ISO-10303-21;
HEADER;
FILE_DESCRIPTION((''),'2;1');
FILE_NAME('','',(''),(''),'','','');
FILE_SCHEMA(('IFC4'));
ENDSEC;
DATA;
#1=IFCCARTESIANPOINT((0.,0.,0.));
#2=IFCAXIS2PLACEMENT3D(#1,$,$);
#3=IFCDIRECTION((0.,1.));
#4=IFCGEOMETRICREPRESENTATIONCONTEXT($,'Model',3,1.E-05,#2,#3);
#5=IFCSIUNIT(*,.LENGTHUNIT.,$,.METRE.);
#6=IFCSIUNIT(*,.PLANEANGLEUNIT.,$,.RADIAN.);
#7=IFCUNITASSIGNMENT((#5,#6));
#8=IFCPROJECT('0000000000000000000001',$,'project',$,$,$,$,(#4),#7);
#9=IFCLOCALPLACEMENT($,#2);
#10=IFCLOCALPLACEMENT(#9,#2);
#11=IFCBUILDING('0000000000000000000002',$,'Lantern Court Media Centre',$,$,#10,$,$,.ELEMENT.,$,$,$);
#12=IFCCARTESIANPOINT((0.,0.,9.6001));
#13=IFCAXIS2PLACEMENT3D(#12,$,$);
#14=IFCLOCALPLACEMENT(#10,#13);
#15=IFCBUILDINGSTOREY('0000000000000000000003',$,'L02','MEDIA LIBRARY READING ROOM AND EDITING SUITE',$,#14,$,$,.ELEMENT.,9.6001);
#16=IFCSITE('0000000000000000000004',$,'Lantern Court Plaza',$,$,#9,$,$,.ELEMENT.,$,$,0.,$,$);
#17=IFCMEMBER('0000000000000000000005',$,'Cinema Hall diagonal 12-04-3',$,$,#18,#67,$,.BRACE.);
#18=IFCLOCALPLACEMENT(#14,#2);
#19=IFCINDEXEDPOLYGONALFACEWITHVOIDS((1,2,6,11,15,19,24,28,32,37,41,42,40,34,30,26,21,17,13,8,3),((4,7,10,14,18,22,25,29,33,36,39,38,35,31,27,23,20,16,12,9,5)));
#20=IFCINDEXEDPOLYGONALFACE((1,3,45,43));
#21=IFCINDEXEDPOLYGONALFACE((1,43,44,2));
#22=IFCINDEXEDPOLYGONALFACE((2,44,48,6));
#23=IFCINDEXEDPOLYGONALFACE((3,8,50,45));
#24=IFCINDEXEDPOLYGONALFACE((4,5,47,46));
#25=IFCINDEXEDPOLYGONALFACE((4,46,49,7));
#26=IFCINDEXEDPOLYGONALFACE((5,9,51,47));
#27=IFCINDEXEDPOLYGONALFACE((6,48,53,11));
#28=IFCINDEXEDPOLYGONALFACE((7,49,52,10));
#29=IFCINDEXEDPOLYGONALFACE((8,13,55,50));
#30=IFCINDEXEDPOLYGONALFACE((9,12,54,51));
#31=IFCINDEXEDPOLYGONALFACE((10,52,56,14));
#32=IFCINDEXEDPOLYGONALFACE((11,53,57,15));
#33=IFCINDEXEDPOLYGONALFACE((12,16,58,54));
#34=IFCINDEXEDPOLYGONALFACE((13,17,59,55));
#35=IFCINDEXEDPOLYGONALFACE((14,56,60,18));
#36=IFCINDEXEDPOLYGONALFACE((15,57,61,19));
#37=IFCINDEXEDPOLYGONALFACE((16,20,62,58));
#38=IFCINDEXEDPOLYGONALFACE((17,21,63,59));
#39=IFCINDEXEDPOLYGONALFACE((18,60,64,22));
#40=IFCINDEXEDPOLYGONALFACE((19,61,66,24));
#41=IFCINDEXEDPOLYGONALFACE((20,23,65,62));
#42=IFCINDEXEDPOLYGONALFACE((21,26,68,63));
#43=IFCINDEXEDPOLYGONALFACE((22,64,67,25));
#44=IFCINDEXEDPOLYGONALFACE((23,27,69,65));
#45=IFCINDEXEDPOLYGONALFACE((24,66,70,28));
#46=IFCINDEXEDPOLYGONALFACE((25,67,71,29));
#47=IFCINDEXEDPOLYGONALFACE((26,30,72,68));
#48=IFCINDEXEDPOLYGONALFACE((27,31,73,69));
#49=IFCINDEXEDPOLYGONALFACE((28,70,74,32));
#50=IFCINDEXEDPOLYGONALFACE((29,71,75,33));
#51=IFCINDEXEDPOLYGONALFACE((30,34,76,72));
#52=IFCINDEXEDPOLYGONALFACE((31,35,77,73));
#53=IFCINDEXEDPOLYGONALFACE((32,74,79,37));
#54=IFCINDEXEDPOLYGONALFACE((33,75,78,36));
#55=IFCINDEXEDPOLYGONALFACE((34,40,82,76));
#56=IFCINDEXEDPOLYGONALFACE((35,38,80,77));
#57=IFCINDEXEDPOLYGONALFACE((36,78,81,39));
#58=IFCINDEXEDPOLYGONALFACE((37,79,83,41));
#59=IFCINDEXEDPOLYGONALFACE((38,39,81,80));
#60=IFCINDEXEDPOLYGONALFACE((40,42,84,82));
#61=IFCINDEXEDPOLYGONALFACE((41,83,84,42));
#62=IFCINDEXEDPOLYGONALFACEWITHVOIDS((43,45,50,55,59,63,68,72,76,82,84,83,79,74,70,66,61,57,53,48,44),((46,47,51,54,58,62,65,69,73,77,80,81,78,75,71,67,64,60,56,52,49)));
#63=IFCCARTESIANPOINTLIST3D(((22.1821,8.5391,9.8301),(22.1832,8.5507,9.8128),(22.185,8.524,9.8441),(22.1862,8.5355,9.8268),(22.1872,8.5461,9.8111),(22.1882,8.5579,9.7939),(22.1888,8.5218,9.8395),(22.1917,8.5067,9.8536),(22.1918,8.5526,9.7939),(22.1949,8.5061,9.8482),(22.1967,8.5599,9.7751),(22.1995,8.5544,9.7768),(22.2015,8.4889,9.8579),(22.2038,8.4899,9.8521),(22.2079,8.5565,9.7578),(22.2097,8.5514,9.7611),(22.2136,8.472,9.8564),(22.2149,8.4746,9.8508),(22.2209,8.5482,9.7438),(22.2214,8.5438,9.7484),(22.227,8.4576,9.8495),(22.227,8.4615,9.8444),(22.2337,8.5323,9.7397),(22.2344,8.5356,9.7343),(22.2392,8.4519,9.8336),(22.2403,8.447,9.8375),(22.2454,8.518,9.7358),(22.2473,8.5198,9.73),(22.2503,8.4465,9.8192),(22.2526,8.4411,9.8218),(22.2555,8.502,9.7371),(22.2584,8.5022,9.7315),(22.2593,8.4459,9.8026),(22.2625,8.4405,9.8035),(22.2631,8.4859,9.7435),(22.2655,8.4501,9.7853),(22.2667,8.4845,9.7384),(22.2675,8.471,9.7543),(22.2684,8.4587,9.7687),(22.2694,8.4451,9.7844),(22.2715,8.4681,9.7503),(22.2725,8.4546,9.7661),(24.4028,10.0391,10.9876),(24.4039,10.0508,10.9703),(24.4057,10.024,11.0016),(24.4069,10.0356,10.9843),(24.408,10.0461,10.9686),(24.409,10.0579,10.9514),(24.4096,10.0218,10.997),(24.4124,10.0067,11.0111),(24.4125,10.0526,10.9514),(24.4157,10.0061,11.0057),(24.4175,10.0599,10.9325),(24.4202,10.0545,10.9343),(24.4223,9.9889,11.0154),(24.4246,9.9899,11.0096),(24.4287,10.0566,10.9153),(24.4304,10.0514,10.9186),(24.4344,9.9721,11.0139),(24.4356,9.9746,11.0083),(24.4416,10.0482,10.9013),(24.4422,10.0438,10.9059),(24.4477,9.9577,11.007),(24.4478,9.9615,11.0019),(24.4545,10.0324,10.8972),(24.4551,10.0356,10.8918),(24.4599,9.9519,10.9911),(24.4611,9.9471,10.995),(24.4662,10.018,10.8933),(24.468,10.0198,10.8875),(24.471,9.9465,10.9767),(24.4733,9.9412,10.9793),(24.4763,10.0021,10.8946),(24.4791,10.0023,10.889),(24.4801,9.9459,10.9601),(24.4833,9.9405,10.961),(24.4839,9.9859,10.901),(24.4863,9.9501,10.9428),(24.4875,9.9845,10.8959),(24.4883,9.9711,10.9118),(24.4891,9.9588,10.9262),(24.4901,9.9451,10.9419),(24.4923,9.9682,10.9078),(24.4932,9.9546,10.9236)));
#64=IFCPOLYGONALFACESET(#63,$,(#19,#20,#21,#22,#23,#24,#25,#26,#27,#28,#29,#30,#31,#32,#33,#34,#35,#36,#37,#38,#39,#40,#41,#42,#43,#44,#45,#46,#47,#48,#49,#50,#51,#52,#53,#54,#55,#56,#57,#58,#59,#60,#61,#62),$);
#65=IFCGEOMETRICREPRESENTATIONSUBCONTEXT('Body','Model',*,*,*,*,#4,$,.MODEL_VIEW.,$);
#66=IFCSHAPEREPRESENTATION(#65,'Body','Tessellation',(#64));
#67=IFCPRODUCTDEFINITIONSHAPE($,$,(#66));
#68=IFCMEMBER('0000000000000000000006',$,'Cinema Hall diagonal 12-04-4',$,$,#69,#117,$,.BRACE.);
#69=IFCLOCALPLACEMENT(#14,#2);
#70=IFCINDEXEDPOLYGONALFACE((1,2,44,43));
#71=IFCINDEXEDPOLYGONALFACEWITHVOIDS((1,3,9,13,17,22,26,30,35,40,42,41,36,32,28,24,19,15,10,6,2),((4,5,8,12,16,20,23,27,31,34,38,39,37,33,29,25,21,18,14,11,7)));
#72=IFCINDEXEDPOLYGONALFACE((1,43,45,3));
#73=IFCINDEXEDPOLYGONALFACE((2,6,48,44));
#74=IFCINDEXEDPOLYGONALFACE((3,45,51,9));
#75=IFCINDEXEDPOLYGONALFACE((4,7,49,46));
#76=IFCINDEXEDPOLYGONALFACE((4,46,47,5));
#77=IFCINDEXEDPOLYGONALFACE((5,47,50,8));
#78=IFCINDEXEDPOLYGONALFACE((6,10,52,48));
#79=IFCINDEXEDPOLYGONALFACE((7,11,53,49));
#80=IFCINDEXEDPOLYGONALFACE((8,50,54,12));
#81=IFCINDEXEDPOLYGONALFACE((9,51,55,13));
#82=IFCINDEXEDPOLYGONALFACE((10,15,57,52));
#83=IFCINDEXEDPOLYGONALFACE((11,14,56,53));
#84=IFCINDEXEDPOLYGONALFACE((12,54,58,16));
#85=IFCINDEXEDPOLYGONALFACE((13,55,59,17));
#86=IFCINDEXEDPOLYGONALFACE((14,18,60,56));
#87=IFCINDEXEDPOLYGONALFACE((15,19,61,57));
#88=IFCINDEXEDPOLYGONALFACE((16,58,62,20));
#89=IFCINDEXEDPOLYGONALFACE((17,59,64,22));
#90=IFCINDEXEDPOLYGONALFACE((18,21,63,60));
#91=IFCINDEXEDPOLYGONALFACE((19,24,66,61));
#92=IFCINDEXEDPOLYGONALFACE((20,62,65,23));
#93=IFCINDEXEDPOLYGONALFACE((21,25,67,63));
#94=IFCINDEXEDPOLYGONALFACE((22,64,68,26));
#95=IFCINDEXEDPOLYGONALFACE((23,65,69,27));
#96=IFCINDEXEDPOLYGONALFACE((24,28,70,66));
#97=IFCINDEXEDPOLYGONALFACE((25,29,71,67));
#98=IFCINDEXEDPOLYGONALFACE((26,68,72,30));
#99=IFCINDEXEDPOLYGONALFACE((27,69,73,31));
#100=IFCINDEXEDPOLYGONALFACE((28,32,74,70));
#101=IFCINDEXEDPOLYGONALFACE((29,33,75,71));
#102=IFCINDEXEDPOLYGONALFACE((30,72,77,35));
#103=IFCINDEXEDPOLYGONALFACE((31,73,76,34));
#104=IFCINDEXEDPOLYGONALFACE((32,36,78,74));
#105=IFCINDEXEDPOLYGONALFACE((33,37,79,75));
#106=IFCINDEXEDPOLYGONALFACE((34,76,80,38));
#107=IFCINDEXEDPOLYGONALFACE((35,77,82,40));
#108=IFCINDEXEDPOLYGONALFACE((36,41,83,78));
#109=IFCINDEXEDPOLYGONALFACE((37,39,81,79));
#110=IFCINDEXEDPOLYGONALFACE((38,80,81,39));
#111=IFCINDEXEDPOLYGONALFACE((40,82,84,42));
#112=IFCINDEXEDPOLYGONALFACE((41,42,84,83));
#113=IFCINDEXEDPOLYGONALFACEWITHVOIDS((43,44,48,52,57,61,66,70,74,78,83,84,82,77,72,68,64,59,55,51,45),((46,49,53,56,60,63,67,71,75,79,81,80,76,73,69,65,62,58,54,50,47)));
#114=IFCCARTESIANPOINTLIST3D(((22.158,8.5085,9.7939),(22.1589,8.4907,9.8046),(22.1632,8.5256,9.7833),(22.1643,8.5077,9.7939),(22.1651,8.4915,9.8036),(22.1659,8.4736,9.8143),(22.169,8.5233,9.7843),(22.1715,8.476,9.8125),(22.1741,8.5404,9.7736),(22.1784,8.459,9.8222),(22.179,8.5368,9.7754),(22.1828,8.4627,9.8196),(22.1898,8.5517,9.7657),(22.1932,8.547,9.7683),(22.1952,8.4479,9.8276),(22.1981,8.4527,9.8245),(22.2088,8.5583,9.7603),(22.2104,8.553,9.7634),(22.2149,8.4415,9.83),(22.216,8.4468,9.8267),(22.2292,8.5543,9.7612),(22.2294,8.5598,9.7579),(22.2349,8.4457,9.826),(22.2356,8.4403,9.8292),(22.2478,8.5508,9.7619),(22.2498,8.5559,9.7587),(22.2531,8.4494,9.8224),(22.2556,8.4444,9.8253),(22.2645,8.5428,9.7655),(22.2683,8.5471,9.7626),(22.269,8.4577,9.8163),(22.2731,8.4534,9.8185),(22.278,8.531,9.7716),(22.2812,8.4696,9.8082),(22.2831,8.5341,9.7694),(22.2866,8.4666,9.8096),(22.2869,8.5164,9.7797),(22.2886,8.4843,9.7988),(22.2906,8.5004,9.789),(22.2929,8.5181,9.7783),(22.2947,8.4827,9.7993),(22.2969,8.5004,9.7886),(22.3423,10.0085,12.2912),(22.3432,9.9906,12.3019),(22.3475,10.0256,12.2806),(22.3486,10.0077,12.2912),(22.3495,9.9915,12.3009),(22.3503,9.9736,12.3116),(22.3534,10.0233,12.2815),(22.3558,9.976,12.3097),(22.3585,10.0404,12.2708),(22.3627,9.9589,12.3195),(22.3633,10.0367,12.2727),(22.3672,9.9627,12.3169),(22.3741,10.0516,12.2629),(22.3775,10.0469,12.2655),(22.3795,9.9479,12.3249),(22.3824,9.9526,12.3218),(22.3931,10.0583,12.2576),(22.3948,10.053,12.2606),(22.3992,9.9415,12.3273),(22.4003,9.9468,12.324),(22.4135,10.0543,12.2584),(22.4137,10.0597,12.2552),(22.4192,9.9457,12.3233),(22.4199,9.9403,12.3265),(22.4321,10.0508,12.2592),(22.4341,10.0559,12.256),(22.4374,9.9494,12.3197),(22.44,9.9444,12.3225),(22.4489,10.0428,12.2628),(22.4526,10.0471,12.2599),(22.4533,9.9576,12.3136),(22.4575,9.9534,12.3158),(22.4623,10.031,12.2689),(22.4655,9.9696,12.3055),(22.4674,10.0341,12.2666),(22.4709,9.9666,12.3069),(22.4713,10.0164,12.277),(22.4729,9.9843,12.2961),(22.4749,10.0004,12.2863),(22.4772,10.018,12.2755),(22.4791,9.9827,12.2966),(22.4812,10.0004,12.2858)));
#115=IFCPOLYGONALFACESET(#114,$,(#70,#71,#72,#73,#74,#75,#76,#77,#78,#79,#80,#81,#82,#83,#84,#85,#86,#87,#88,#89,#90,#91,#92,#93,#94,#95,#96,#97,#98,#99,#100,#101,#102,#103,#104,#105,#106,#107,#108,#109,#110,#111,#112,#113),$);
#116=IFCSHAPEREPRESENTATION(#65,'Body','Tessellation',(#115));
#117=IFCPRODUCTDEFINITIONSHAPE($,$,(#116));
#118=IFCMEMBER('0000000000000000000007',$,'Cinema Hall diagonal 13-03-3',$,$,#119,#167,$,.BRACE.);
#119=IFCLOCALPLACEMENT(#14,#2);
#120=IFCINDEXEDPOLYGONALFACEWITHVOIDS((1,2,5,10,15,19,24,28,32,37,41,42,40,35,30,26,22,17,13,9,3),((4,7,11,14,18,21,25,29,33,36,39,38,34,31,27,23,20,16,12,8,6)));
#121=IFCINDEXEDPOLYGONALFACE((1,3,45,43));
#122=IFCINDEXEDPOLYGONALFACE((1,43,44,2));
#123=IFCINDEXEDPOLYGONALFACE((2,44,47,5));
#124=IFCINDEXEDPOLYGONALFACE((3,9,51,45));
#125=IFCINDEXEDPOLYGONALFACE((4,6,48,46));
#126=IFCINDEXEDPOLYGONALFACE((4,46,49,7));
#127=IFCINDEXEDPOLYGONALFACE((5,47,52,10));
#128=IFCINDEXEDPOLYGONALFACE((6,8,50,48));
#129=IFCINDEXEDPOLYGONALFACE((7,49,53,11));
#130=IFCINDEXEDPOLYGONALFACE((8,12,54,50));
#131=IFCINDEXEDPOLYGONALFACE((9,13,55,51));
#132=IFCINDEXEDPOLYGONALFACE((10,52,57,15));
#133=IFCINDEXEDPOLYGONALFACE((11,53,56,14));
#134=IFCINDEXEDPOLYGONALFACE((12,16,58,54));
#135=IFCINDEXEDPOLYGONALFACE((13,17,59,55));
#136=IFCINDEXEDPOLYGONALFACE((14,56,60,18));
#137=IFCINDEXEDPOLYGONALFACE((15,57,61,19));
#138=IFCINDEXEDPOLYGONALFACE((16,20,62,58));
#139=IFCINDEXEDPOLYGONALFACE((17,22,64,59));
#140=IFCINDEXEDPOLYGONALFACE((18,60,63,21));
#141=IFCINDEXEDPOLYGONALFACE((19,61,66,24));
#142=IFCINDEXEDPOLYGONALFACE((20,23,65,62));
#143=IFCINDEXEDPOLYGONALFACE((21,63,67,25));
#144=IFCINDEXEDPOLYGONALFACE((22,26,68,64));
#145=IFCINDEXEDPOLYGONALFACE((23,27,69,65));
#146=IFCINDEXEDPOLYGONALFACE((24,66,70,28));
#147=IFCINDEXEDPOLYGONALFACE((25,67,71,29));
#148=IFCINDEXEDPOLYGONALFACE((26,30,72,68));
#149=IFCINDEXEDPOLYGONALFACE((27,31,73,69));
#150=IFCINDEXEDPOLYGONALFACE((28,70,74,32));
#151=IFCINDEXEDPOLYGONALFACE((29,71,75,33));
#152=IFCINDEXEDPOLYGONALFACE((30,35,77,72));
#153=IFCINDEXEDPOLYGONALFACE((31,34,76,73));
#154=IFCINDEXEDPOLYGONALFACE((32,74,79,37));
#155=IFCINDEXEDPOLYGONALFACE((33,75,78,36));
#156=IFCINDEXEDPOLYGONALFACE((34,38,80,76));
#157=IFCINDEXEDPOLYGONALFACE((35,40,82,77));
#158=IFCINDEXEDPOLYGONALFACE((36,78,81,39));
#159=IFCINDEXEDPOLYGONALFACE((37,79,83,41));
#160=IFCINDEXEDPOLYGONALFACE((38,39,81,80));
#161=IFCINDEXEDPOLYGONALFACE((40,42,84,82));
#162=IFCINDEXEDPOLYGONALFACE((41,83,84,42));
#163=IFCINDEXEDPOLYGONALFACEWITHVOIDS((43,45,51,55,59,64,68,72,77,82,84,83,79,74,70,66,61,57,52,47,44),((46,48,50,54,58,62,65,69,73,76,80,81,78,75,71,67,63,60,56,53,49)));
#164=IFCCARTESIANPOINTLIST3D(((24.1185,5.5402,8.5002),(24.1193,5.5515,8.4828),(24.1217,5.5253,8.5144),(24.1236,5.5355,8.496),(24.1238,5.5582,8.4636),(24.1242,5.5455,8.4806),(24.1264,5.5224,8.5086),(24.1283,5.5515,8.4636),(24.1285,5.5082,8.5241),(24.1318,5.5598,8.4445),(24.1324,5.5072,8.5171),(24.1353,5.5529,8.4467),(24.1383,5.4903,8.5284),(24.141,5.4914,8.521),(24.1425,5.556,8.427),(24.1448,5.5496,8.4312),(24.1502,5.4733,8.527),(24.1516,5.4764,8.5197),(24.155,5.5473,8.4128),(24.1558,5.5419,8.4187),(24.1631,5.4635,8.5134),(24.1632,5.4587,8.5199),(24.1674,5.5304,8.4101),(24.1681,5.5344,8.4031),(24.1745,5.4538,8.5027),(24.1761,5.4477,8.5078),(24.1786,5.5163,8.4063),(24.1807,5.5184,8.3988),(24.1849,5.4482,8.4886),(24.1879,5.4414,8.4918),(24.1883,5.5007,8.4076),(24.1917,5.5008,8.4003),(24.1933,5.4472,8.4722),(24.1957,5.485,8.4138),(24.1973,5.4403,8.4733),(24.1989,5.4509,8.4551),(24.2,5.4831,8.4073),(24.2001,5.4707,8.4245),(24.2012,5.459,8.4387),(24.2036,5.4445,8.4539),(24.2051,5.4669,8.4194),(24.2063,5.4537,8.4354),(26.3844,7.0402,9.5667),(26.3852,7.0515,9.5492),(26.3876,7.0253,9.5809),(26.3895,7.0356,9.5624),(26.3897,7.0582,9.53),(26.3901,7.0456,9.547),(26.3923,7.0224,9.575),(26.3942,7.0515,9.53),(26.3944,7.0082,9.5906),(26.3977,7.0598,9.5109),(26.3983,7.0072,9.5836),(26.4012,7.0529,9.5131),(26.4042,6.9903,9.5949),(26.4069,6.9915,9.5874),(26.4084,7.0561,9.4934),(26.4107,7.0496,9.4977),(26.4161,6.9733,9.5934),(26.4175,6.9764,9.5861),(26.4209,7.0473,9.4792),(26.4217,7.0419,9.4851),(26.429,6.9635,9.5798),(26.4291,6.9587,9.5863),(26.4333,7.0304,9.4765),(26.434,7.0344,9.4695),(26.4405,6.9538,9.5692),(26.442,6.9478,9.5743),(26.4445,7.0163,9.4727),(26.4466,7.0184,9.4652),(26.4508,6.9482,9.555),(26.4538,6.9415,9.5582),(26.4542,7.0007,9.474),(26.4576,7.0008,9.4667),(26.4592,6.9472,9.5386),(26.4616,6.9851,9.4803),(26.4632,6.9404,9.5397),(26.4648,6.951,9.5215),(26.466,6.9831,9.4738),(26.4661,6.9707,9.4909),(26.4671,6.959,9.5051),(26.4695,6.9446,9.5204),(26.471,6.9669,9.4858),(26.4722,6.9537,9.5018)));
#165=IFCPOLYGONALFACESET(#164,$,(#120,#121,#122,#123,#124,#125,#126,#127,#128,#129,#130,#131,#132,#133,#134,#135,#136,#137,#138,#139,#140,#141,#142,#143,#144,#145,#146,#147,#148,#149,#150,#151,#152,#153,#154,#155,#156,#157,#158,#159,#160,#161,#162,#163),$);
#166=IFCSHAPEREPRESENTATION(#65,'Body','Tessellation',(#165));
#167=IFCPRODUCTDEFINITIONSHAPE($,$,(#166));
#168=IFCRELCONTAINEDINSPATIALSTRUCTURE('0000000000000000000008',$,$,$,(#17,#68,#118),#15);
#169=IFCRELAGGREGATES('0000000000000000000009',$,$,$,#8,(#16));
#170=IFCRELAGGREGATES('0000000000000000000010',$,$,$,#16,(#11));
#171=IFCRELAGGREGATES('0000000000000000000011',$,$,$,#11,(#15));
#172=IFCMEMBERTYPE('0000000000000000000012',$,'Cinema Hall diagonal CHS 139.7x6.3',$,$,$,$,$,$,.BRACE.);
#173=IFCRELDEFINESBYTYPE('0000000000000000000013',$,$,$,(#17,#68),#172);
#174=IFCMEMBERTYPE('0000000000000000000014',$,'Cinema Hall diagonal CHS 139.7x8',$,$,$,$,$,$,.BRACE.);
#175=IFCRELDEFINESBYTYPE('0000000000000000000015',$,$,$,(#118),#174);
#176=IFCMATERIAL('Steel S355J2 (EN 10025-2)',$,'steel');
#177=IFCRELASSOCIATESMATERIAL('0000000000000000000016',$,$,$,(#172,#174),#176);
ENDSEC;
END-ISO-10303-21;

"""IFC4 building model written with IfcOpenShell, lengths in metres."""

from ifc_helpers import new_model, si_unit, direction, frame, origin, origin_2d, place, context, subcontext, project, spatial, hollow_circle, extrude, material, material_profile, profile_set, type_object, element, save


model = new_model("IFC4")

# Units and contexts
model_context = context("Model", 3, precision=1e-05, world=origin(), true_north=direction((0.0, 1.0)))
body_context = subcontext(model_context, "Body", "Model", "MODEL_VIEW")
ifc_project = project(units=[si_unit("LENGTHUNIT", "METRE"), si_unit("PLANEANGLEUNIT", "RADIAN")], contexts=[model_context])

# Site, building, storey
site_placement = place(None, origin())
site = spatial("IfcSite", under=ifc_project, at=site_placement, Name="Lantern Court Plaza", CompositionType="ELEMENT", RefElevation=0.0)
building_placement = place(site_placement, origin())
building = spatial("IfcBuilding", under=site, at=building_placement, Name="Lantern Court Media Centre", CompositionType="ELEMENT")
storey_placement = place(building_placement, frame((0.0, 0.0, 9.6001)))
storey = spatial("IfcBuildingStorey", under=building, at=storey_placement, Name="L02", Description="MEDIA LIBRARY READING ROOM AND EDITING SUITE", CompositionType="ELEMENT", Elevation=9.6001)

# Members
ifc_material = material(Name="Steel S355J2 (EN 10025-2)", Category="steel")
ifc_material_profile_1 = material_profile(ifc_material, hollow_circle(Radius=0.0698, WallThickness=0.0063, at=origin_2d()), Name="Cinema Hall diagonal CHS 139.7x6.3")
ifc_profile_set_1 = profile_set([ifc_material_profile_1], Name="Steel S355J2 (EN 10025-2)")
member_type_1 = type_object("IfcMemberType", Name="Cinema Hall diagonal CHS 139.7x6.3", PredefinedType="BRACE", material=ifc_profile_set_1)
for number, where, z_axis, x_axis, name in (
    (1, (22.2273, 8.5, 9.7939), (0.760744, 0.513854, 0.396514), (-0.559736, 0.828671, 0.0), "Cinema Hall diagonal 12-04-3"),
):
    element("IfcMember", number, at=place(storey_placement, frame(where, z_axis=z_axis, x_axis=x_axis)), inside=storey, type_object=member_type_1, Name=name, PredefinedType="BRACE", context=body_context, shape_type="SweptSolid", body=[
        extrude(hollow_circle(Radius=0.0698, WallThickness=0.0063, at=origin_2d()), origin(), (0.0, 0.0, 1.0), 2.9192),
    ])
member_1_placement = place(storey_placement, frame((22.2273, 8.5, 9.7939), z_axis=(0.063147, 0.513875, 0.855538), x_axis=(-0.992534, 0.121967, 0.0)))
element("IfcMember", 2, at=member_1_placement, inside=storey, type_object=member_type_1, Name="Cinema Hall diagonal 12-04-4", PredefinedType="BRACE", context=body_context, shape_type="SweptSolid", body=[
    extrude(hollow_circle(Radius=0.0698, WallThickness=0.0063, at=origin_2d()), origin(), (0.0, 0.0, 1.0), 2.9189),
])
ifc_material_profile_2 = material_profile(ifc_material, hollow_circle(Radius=0.0698, WallThickness=0.0081, at=origin_2d()), Name="Cinema Hall diagonal CHS 139.7x8")
ifc_profile_set_2 = profile_set([ifc_material_profile_2], Name="Steel S355J2 (EN 10025-2)")
member_type_2 = type_object("IfcMemberType", Name="Cinema Hall diagonal CHS 139.7x8", PredefinedType="BRACE", material=ifc_profile_set_2)
member_2_placement = place(storey_placement, frame((24.1624, 5.5, 8.4636), z_axis=(0.776211, 0.51385, 0.365315), x_axis=(-0.552002, 0.833843, 0.0)))
element("IfcMember", 3, at=member_2_placement, inside=storey, type_object=member_type_2, Name="Cinema Hall diagonal 13-03-3", PredefinedType="BRACE", context=body_context, shape_type="SweptSolid", body=[
    extrude(hollow_circle(Radius=0.0698, WallThickness=0.0081, at=origin_2d()), origin(), (0.0, 0.0, 1.0), 2.9192),
])

save(model, "model.ifc")
